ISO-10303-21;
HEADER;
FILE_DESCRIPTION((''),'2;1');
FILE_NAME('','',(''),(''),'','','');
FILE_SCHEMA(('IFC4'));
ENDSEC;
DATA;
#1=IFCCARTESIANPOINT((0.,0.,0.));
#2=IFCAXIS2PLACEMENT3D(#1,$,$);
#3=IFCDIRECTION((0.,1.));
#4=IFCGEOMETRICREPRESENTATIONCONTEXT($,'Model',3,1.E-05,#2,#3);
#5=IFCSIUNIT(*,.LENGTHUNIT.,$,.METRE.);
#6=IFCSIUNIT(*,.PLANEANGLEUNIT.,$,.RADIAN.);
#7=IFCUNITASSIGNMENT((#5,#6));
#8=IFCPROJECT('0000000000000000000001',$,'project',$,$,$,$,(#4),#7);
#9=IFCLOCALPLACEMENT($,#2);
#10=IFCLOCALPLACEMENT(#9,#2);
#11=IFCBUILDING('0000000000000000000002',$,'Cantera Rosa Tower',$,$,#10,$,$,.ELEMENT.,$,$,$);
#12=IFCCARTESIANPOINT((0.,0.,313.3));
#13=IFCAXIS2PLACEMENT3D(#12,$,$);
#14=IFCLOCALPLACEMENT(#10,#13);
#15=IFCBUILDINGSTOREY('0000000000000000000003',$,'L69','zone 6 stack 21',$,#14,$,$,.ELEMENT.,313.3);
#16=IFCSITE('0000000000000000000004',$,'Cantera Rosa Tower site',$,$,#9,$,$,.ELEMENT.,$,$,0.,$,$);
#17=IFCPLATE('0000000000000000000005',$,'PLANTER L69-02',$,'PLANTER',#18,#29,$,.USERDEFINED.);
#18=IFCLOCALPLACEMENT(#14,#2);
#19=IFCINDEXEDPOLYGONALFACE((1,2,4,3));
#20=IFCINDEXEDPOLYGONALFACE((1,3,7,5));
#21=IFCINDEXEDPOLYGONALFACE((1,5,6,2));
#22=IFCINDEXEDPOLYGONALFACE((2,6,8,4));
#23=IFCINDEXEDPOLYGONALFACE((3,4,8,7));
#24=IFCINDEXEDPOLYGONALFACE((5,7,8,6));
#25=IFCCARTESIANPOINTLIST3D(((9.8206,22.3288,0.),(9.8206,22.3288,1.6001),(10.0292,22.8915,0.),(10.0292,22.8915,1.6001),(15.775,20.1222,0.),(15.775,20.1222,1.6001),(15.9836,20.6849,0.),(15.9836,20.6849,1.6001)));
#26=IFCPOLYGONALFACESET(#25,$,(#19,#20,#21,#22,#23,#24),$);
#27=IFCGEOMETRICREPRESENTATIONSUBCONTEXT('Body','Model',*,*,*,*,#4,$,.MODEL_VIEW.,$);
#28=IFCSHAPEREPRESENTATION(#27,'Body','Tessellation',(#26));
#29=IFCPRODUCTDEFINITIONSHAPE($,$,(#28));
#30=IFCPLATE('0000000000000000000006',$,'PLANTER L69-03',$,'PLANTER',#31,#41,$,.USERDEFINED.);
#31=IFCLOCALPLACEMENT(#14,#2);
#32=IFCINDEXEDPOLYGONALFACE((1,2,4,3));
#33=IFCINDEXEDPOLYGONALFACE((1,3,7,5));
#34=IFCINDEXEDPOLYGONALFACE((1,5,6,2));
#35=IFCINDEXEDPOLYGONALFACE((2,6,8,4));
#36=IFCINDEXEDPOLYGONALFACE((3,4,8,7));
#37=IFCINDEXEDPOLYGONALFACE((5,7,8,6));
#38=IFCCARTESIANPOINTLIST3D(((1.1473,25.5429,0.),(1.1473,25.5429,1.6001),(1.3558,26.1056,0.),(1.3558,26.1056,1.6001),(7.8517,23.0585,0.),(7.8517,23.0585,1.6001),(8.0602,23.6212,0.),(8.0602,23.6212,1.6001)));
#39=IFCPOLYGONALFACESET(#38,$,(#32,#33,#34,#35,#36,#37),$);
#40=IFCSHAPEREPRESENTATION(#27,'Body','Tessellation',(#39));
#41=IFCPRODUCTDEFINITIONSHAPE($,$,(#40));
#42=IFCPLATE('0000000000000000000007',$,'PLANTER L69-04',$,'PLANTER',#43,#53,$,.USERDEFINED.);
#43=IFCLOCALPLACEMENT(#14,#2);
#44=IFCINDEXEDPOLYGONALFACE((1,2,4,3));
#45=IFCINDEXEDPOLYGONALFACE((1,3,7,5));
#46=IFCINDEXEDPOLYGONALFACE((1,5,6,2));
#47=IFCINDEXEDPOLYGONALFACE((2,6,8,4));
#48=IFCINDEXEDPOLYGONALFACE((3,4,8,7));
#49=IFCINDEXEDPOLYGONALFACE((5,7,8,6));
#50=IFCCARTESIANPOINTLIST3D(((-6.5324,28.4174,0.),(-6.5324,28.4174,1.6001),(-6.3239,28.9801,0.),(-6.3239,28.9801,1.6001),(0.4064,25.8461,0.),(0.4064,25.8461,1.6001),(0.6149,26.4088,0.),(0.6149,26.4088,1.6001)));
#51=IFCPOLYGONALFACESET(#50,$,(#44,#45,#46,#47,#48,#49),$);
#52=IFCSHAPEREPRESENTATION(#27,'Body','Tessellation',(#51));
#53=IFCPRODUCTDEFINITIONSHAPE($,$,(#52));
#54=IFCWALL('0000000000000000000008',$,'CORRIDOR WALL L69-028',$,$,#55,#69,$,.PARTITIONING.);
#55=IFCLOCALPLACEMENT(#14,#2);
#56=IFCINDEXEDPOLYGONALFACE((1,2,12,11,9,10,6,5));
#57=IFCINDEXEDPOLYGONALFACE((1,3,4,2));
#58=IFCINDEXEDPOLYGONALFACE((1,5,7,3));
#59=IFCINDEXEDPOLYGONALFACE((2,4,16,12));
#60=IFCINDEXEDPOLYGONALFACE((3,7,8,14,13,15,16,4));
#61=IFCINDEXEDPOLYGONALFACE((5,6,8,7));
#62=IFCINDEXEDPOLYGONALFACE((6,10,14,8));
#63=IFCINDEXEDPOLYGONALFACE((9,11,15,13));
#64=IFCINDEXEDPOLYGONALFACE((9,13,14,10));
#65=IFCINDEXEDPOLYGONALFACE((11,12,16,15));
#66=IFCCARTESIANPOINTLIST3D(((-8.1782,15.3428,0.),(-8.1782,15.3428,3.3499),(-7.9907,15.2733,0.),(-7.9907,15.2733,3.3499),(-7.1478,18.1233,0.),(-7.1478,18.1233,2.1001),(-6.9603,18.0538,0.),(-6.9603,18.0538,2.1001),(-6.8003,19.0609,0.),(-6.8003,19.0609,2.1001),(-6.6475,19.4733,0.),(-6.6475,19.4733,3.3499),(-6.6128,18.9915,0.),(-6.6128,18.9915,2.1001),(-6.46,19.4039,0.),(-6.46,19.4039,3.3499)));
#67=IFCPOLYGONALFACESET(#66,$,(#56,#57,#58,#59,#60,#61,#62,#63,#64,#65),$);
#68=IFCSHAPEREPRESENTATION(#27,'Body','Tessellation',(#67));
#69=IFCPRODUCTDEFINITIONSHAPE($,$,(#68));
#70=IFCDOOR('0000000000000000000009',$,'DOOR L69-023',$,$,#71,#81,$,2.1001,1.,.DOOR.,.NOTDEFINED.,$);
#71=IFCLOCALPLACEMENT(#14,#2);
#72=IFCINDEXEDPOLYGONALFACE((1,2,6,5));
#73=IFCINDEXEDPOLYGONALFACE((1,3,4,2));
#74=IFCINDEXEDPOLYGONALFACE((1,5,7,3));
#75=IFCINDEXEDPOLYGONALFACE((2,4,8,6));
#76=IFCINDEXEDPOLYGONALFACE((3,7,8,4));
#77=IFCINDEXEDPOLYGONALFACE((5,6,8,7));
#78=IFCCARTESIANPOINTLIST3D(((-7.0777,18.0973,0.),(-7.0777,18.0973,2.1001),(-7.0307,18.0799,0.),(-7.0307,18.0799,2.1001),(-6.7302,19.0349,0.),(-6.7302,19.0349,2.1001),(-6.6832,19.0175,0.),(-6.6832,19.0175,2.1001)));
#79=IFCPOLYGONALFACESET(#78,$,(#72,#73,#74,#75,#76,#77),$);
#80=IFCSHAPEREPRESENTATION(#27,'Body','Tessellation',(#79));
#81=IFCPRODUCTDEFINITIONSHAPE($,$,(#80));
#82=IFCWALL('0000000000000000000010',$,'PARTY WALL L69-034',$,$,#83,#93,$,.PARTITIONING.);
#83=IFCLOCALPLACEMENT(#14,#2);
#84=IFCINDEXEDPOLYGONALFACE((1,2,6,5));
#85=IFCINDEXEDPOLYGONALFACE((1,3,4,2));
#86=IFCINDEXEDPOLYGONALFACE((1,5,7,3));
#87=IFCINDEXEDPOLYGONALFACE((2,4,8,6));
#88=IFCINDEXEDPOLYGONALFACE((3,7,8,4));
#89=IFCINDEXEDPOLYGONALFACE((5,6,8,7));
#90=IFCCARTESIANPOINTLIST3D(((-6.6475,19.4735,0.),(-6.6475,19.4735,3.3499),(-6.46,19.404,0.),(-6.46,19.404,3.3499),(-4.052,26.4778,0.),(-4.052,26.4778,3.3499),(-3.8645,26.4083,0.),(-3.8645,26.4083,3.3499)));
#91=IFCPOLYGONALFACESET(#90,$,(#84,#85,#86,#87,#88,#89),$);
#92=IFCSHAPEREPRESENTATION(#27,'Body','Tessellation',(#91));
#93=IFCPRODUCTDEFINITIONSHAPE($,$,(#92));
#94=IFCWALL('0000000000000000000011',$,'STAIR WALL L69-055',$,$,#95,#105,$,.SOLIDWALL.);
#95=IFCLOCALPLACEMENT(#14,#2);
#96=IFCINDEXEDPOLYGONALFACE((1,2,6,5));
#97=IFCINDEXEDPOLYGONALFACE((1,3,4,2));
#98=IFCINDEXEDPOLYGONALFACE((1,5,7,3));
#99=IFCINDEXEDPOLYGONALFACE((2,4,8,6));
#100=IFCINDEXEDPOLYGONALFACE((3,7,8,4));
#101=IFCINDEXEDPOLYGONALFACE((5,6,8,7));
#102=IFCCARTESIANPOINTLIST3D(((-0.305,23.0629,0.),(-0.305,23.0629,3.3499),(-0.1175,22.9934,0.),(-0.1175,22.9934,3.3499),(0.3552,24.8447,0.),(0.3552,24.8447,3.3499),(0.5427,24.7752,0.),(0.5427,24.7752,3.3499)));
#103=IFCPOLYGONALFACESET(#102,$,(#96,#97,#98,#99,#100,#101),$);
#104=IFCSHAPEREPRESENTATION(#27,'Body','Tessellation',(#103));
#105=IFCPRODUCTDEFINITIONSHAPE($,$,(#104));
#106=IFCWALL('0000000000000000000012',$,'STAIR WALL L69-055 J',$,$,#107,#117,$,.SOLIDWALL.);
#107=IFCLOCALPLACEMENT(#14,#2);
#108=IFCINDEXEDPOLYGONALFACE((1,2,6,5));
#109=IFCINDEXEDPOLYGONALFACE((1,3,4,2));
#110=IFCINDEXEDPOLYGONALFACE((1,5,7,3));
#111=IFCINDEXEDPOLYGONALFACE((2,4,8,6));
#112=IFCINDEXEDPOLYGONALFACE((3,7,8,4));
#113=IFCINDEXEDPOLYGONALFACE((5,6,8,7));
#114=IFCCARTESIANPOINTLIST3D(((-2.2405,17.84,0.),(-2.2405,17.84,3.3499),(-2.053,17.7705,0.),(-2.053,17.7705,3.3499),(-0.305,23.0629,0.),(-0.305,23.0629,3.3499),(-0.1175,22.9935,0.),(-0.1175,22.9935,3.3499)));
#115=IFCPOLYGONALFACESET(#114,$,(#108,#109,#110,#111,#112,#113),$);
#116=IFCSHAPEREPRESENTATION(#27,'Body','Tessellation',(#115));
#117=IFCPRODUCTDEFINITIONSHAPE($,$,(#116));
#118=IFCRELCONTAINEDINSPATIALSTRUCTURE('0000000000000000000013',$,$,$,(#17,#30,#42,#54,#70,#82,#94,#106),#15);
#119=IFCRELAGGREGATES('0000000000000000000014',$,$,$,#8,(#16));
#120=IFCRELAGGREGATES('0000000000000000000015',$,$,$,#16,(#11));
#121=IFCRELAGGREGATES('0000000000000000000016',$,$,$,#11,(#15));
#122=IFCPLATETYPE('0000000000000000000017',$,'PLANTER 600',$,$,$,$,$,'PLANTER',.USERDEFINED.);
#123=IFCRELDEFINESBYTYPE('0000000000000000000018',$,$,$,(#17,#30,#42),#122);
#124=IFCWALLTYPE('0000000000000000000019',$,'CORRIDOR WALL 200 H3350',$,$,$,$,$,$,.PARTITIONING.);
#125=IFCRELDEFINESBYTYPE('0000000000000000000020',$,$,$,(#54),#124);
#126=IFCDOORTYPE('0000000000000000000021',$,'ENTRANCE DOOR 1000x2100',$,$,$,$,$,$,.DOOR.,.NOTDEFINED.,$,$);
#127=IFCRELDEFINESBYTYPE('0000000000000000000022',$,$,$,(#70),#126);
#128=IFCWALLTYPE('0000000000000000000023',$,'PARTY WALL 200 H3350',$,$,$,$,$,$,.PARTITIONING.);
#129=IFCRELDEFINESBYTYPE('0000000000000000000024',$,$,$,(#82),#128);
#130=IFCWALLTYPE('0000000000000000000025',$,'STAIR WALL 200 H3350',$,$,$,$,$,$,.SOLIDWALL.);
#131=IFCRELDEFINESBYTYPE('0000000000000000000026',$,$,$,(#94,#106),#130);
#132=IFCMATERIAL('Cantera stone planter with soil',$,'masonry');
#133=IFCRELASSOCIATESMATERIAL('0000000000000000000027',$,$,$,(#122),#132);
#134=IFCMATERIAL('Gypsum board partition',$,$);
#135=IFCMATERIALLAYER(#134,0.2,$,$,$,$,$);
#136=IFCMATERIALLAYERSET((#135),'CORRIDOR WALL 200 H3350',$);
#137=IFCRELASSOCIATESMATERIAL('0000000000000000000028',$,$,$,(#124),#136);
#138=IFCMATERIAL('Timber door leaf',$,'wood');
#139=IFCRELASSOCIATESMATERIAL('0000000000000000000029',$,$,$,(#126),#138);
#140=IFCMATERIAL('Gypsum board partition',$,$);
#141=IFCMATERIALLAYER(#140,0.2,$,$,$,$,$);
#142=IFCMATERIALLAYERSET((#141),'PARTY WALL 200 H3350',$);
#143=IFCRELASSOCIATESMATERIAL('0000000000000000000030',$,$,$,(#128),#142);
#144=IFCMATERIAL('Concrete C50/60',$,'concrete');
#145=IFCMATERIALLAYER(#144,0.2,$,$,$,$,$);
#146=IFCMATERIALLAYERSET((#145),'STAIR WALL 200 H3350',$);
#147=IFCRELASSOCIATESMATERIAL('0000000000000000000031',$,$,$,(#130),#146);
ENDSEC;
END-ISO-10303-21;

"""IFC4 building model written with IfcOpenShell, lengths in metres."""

from ifc_helpers import new_model, si_unit, direction, frame, frame_2d, origin, origin_2d, place, context, subcontext, project, spatial, rectangle, extrude, material, layer, layer_set, type_object, element, fill, save


model = new_model("IFC4")

# Units and contexts
model_context = context("Model", 3, precision=1e-05, world=origin(), true_north=direction((0.0, 1.0)))
body_context = subcontext(model_context, "Body", "Model", "MODEL_VIEW")
ifc_project = project(units=[si_unit("LENGTHUNIT", "METRE"), si_unit("PLANEANGLEUNIT", "RADIAN")], contexts=[model_context])

# Site, building, storey
site_placement = place(None, origin())
site = spatial("IfcSite", under=ifc_project, at=site_placement, Name="Cantera Rosa Tower site", CompositionType="ELEMENT", RefElevation=0.0)
building_placement = place(site_placement, origin())
building = spatial("IfcBuilding", under=site, at=building_placement, Name="Cantera Rosa Tower", CompositionType="ELEMENT")
storey_placement = place(building_placement, frame((0.0, 0.0, 313.3)))
storey = spatial("IfcBuildingStorey", under=building, at=storey_placement, Name="L69", Description="zone 6 stack 21", CompositionType="ELEMENT", Elevation=313.3)

# Plates
ifc_material_1 = material(Name="Cantera stone planter with soil", Category="masonry")
plate_type = type_object("IfcPlateType", Name="PLANTER 600", ElementType="PLANTER", PredefinedType="USERDEFINED", material=ifc_material_1)
plate_1_placement = place(storey_placement, frame((12.9021, 21.5068, 0.0), z_axis=(0.0, 0.0, 1.0), x_axis=(-0.937687, 0.347481, 0.0)))
element("IfcPlate", 1, at=plate_1_placement, inside=storey, type_object=plate_type, Name="PLANTER L69-02", ObjectType="PLANTER", PredefinedType="USERDEFINED", context=body_context, shape_type="SweptSolid", body=[
    extrude(rectangle(XDim=6.3501, YDim=0.6001, at=origin_2d()), origin(), (0.0, 0.0, 1.0), 1.6001),
])
plate_2_placement = place(storey_placement, frame((4.6038, 24.582, 0.0), z_axis=(0.0, 0.0, 1.0), x_axis=(-0.937687, 0.347481, 0.0)))
element("IfcPlate", 2, at=plate_2_placement, inside=storey, type_object=plate_type, Name="PLANTER L69-03", ObjectType="PLANTER", PredefinedType="USERDEFINED", context=body_context, shape_type="SweptSolid", body=[
    extrude(rectangle(XDim=7.1499, YDim=0.6001, at=origin_2d()), origin(), (0.0, 0.0, 1.0), 1.6001),
])
plate_3_placement = place(storey_placement, frame((-2.9587, 27.4131, 0.0), z_axis=(0.0, 0.0, 1.0), x_axis=(-0.937687, 0.347481, 0.0)))
element("IfcPlate", 3, at=plate_3_placement, inside=storey, type_object=plate_type, Name="PLANTER L69-04", ObjectType="PLANTER", PredefinedType="USERDEFINED", context=body_context, shape_type="SweptSolid", body=[
    extrude(rectangle(XDim=7.3999, YDim=0.6001, at=origin_2d()), origin(), (0.0, 0.0, 1.0), 1.6001),
])

# Wall, opening, door
ifc_material_2 = material(Name="Gypsum board partition")
ifc_layer_1 = layer(ifc_material_2, 0.2)
ifc_layer_set_1 = layer_set([ifc_layer_1], Name="CORRIDOR WALL 200 H3350")
wall_type_1 = type_object("IfcWallType", Name="CORRIDOR WALL 200 H3350", PredefinedType="PARTITIONING", material=ifc_layer_set_1)
wall_1_placement = place(storey_placement, frame((-6.5537, 19.4387, 0.0), z_axis=(0.0, 0.0, 1.0), x_axis=(-0.347495, -0.937682, 0.0)))
wall_1 = element("IfcWall", 4, at=wall_1_placement, inside=storey, type_object=wall_type_1, Name="CORRIDOR WALL L69-028", PredefinedType="PARTITIONING", context=body_context, shape_type="SweptSolid", body=[
    extrude(rectangle(XDim=4.405, YDim=0.2, at=frame_2d((2.2026, 0.0))), origin(), (0.0, 0.0, 1.0), 3.3499),
])
opening_1_placement = place(wall_1_placement, frame((0.4399, 0.0, 0.0)))
opening_1 = element("IfcOpeningElement", 5, at=opening_1_placement, cuts=wall_1, PredefinedType="OPENING", context=body_context, shape_type="SweptSolid", body=[
    extrude(rectangle(XDim=1.0, YDim=2.1001, at=frame_2d((0.5, 1.05))), frame((0.0, 0.1099, 0.0), z_axis=(0.0, -1.0, 0.0), x_axis=(1.0, 0.0, 0.0)), (0.0, 0.0, 1.0), 0.22),
])
ifc_material_3 = material(Name="Timber door leaf", Category="wood")
door_type_1 = type_object("IfcDoorType", Name="ENTRANCE DOOR 1000x2100", OperationType="NOTDEFINED", PredefinedType="DOOR", material=ifc_material_3)
door_1_placement = place(opening_1_placement, origin())
door_1 = element("IfcDoor", 6, at=door_1_placement, inside=storey, type_object=door_type_1, Name="DOOR L69-023", OperationType="NOTDEFINED", OverallHeight=2.1001, OverallWidth=1.0, PredefinedType="DOOR", context=body_context, shape_type="SweptSolid", body=[
    extrude(rectangle(XDim=1.0, YDim=2.1001, at=frame_2d((0.5, 1.05))), frame((0.0, 0.0249, 0.0), z_axis=(0.0, -1.0, 0.0), x_axis=(1.0, 0.0, 0.0)), (0.0, 0.0, 1.0), 0.05),
])
fill(opening_1, door_1)

# Walls
ifc_material_4 = material(Name="Gypsum board partition")
ifc_layer_2 = layer(ifc_material_4, 0.2)
ifc_layer_set_2 = layer_set([ifc_layer_2], Name="PARTY WALL 200 H3350")
wall_type_2 = type_object("IfcWallType", Name="PARTY WALL 200 H3350", PredefinedType="PARTITIONING", material=ifc_layer_set_2)
wall_2_placement = place(storey_placement, frame((-6.5537, 19.4387, 0.0), z_axis=(0.0, 0.0, 1.0), x_axis=(0.34746, 0.937695, 0.0)))
element("IfcWall", 7, at=wall_2_placement, inside=storey, type_object=wall_type_2, Name="PARTY WALL L69-034", PredefinedType="PARTITIONING", context=body_context, shape_type="SweptSolid", body=[
    extrude(rectangle(XDim=7.4697, YDim=0.2, at=frame_2d((3.7349, 0.0))), origin(), (0.0, 0.0, 1.0), 3.3499),
])
ifc_material_5 = material(Name="Concrete C50/60", Category="concrete")
ifc_layer_3 = layer(ifc_material_5, 0.2)
ifc_layer_set_3 = layer_set([ifc_layer_3], Name="STAIR WALL 200 H3350")
wall_type_3 = type_object("IfcWallType", Name="STAIR WALL 200 H3350", PredefinedType="SOLIDWALL", material=ifc_layer_set_3)
wall_3_placement = place(storey_placement, frame((0.449, 24.8101, 0.0), z_axis=(0.0, 0.0, 1.0), x_axis=(-0.347432, -0.937705, 0.0)))
element("IfcWall", 8, at=wall_3_placement, inside=storey, type_object=wall_type_3, Name="STAIR WALL L69-055", PredefinedType="SOLIDWALL", context=body_context, shape_type="SweptSolid", body=[
    extrude(rectangle(XDim=1.9001, YDim=0.2, at=frame_2d((0.9502, 0.0))), origin(), (0.0, 0.0, 1.0), 3.3499),
])
wall_4_placement = place(storey_placement, frame((-0.2112, 23.0283, 0.0), z_axis=(0.0, 0.0, 1.0), x_axis=(-0.347494, -0.937682, 0.0)))
element("IfcWall", 9, at=wall_4_placement, inside=storey, type_object=wall_type_3, Name="STAIR WALL L69-055 J", PredefinedType="SOLIDWALL", context=body_context, shape_type="SweptSolid", body=[
    extrude(rectangle(XDim=5.5701, YDim=0.2, at=frame_2d((2.7852, 0.0))), origin(), (0.0, 0.0, 1.0), 3.3499),
])

save(model, "model.ifc")
